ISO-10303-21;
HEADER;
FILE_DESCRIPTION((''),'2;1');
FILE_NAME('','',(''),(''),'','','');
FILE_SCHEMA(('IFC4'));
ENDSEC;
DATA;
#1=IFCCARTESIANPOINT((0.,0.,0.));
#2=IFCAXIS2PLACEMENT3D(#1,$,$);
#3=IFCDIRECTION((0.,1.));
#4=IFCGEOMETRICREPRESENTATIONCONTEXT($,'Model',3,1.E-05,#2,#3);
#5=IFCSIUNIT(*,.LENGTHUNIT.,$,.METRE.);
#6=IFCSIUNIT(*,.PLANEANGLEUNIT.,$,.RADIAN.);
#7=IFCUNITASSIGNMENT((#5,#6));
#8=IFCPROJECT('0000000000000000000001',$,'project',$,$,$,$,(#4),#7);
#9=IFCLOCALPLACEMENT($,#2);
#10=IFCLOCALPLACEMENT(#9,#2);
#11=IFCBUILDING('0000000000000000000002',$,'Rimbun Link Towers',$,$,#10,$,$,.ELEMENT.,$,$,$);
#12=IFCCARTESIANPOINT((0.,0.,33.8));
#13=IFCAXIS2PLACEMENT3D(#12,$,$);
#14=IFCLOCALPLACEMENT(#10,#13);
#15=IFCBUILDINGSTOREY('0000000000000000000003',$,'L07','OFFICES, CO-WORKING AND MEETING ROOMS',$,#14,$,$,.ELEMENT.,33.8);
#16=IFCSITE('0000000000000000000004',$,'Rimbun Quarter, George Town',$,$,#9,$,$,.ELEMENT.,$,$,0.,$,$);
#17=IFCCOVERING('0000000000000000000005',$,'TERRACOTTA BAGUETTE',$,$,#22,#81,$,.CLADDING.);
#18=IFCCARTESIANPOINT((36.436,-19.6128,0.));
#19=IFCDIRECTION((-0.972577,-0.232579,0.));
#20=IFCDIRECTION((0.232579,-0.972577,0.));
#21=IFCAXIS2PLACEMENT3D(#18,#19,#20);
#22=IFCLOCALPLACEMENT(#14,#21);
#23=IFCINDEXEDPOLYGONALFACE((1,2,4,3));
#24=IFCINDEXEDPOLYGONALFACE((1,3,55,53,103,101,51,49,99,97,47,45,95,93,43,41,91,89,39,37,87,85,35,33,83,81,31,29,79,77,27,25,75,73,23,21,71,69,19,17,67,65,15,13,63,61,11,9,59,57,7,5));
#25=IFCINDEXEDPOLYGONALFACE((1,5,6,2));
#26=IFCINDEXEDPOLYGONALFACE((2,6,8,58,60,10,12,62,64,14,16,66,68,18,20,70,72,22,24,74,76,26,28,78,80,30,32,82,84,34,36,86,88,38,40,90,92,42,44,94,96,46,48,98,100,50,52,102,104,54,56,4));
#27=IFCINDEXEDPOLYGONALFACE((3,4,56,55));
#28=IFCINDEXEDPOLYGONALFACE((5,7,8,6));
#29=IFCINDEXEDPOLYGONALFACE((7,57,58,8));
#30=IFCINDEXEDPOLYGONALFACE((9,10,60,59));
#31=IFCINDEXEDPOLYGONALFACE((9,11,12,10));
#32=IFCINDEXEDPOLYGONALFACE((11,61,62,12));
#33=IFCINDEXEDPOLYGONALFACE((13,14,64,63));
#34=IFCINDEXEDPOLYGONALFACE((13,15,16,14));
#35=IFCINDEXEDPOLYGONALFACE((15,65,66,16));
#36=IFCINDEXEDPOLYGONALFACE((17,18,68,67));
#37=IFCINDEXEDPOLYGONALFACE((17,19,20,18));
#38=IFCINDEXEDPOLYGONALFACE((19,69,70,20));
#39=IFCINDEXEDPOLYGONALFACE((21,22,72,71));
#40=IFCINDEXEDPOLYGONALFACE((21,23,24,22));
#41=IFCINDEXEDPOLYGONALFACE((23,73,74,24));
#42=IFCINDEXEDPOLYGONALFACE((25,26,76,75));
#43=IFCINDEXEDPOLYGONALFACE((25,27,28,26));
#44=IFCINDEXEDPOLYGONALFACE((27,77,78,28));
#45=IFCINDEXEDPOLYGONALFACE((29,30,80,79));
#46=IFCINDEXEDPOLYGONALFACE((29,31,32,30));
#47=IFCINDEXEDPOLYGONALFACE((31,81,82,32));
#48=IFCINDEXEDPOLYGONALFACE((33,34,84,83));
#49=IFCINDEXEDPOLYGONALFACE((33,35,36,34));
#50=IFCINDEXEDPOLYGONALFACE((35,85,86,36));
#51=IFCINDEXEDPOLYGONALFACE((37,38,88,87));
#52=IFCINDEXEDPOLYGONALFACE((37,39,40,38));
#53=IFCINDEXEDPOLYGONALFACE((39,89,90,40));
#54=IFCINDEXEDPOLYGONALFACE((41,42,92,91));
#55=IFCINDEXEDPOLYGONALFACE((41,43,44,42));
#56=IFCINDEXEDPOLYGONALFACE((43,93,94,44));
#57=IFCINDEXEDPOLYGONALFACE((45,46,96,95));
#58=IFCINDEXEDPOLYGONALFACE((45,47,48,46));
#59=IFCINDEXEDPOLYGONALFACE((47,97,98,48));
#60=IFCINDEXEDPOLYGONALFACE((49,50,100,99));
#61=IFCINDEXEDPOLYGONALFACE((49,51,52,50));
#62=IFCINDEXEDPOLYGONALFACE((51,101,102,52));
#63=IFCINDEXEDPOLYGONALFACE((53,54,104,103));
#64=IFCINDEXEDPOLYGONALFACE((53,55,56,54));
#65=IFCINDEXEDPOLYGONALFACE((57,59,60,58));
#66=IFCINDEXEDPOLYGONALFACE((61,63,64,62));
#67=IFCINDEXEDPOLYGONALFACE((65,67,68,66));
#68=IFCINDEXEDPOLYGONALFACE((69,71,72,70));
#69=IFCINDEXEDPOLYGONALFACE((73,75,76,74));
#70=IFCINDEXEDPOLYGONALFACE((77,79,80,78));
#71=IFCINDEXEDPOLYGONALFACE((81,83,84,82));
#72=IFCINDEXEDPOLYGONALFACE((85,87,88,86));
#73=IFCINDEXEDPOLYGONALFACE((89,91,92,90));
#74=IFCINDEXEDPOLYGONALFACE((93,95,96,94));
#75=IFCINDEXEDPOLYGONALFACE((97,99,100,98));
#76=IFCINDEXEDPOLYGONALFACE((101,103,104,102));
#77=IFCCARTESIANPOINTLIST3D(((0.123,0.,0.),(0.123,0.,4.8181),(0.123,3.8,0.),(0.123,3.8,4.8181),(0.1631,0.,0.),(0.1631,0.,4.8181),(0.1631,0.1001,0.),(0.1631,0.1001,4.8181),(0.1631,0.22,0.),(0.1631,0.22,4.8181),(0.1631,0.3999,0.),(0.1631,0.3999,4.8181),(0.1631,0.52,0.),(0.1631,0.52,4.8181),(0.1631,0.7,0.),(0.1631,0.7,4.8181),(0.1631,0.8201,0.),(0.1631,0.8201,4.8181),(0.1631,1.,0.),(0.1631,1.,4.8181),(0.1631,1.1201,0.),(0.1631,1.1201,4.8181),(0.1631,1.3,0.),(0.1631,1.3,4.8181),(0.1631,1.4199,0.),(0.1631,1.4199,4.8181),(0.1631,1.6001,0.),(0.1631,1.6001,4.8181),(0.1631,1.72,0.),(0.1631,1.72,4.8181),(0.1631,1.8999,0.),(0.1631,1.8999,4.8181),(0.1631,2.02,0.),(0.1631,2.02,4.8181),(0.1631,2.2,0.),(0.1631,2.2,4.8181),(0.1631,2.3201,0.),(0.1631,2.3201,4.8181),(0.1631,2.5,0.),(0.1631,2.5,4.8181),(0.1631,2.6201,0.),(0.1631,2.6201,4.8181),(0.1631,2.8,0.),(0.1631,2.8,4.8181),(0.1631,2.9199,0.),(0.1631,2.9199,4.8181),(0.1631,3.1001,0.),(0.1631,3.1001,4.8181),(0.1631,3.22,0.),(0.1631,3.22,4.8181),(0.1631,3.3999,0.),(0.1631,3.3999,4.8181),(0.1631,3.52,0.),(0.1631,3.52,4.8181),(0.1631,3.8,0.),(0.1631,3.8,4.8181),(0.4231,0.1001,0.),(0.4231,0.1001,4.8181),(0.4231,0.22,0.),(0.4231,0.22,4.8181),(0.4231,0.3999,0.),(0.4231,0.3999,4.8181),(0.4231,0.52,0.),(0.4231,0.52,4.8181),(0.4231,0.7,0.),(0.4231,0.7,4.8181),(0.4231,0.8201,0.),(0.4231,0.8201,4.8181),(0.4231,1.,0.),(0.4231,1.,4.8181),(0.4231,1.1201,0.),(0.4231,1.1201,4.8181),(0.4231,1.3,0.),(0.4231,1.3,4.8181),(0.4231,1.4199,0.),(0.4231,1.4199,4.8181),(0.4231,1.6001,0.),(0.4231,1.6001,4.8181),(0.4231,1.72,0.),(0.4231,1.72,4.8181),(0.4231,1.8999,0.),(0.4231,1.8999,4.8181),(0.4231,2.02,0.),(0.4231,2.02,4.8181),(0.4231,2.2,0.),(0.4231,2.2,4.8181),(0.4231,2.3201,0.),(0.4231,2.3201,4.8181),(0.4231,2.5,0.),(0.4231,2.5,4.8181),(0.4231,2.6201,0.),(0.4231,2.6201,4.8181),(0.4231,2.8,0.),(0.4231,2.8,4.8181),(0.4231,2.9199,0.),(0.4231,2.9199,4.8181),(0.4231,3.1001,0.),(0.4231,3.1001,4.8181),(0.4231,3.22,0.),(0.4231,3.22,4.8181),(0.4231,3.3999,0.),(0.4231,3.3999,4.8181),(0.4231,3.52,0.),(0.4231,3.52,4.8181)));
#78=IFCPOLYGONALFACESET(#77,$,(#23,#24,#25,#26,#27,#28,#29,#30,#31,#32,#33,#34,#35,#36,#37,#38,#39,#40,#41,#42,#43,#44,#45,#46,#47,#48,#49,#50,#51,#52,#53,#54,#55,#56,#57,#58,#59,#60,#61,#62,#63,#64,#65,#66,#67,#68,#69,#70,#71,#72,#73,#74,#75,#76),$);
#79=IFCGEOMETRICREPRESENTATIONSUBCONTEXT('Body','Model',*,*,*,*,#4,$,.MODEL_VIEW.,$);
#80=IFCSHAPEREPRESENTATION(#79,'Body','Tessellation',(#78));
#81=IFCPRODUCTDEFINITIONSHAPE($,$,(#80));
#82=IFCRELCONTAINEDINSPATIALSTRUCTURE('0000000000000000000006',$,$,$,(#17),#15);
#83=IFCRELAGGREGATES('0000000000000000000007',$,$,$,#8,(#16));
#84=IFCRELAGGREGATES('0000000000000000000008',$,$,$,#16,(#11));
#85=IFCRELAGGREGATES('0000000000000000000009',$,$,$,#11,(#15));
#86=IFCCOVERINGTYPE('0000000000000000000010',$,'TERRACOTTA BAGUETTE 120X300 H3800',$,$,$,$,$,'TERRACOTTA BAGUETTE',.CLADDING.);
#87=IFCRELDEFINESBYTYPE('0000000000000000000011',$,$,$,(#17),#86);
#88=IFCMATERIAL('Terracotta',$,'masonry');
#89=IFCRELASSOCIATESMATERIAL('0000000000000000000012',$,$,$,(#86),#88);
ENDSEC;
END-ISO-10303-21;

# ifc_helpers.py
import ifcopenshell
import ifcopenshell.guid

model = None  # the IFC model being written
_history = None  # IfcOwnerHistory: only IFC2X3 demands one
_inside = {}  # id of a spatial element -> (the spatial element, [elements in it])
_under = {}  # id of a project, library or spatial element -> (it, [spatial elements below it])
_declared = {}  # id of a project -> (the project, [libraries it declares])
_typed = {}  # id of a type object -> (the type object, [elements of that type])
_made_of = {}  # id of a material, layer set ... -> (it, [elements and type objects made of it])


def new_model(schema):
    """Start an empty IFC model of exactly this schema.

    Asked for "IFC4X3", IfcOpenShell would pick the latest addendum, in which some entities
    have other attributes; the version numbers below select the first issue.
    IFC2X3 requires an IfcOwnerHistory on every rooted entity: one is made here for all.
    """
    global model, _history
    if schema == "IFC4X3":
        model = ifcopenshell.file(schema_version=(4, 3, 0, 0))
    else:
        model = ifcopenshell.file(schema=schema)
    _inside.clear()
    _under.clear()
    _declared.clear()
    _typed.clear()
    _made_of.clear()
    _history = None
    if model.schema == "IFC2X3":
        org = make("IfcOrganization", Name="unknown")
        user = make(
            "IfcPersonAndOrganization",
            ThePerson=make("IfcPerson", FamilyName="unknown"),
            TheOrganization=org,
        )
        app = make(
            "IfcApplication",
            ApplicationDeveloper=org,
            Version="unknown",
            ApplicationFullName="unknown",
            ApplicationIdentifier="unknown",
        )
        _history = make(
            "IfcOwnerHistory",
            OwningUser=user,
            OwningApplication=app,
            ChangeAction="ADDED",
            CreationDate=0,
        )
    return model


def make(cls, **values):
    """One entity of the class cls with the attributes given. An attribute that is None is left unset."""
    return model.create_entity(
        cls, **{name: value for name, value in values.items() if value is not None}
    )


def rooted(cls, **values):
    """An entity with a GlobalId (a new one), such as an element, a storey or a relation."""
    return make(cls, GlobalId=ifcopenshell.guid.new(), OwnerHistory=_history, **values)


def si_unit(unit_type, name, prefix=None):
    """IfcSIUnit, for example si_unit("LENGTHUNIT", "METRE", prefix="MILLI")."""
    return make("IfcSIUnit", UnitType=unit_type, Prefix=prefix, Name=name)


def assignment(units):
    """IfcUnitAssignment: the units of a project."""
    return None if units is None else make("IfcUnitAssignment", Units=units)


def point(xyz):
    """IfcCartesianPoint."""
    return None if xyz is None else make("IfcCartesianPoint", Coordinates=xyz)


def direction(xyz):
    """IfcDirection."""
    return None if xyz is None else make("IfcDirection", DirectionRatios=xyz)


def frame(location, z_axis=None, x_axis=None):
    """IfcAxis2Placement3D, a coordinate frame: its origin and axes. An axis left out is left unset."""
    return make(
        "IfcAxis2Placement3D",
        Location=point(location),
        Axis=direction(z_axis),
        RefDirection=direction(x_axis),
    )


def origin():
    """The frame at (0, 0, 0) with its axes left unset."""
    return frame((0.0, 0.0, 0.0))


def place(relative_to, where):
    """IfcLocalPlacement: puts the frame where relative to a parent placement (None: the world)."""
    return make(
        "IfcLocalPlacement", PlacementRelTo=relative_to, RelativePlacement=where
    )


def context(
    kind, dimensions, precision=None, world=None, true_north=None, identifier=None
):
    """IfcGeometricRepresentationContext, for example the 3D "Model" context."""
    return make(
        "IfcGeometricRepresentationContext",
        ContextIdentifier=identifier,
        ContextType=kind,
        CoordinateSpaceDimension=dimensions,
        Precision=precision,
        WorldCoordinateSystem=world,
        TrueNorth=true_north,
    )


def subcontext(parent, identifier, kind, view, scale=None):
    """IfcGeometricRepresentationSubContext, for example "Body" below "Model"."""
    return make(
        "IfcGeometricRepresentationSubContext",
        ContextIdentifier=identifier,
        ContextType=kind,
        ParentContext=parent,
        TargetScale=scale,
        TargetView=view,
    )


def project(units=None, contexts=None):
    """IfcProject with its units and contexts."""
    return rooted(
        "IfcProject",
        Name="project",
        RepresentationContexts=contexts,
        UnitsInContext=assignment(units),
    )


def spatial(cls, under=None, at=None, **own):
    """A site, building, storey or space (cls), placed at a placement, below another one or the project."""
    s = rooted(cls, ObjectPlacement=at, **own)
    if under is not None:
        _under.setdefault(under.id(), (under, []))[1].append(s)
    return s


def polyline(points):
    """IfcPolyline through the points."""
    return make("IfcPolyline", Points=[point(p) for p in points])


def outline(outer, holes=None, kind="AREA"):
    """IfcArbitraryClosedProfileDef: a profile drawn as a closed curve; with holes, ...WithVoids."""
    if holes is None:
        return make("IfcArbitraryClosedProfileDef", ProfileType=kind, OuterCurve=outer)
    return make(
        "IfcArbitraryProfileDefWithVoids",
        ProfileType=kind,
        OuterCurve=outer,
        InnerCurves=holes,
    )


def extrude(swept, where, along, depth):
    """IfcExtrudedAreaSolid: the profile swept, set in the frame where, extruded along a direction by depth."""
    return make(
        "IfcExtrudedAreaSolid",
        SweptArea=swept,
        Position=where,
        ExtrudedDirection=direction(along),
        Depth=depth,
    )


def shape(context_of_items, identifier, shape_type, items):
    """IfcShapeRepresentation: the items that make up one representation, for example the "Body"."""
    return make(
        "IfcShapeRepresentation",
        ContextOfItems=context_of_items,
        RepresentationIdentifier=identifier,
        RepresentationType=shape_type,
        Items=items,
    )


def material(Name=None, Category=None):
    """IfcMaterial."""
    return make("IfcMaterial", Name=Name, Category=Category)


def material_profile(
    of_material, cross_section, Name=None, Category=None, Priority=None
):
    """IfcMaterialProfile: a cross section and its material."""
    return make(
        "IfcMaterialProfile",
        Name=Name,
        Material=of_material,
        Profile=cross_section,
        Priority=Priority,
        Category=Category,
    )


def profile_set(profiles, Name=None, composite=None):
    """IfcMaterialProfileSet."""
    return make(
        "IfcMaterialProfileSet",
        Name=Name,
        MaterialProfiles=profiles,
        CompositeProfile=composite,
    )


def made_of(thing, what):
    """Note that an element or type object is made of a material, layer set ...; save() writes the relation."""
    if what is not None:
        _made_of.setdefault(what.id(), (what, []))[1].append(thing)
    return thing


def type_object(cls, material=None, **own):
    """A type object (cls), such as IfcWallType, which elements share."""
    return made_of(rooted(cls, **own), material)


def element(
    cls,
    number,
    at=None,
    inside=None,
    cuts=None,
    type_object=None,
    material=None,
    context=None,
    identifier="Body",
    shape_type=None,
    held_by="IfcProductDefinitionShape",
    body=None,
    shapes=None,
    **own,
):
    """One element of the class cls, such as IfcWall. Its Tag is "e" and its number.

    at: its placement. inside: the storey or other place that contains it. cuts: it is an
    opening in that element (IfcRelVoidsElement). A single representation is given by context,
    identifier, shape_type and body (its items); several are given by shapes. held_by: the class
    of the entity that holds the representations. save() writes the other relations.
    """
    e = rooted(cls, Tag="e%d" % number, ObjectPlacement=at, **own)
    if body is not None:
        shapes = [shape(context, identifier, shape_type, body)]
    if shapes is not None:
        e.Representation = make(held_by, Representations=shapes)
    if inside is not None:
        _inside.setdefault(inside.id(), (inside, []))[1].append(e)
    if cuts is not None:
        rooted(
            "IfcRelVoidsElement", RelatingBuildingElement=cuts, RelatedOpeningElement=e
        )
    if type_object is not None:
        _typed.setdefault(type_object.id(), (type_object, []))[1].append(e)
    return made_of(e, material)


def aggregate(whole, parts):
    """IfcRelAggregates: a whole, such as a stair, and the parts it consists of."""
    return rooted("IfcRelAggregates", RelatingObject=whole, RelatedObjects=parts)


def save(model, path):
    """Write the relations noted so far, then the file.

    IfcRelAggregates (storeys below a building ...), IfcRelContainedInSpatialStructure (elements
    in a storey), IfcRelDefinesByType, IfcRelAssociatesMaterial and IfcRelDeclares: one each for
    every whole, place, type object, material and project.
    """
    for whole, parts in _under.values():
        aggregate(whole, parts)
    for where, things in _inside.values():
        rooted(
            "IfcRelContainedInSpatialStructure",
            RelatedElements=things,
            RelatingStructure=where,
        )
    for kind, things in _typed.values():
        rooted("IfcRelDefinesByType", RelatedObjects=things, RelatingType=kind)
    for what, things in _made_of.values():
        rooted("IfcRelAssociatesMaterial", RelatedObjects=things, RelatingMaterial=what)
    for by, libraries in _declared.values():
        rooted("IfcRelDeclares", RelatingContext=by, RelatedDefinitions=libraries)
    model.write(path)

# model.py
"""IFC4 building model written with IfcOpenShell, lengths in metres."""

from ifc_helpers import new_model, si_unit, direction, frame, origin, place, context, subcontext, project, spatial, polyline, outline, extrude, material, material_profile, profile_set, type_object, element, save


model = new_model("IFC4")

# Units and contexts
model_context = context("Model", 3, precision=1e-05, world=origin(), true_north=direction((0.0, 1.0)))
body_context = subcontext(model_context, "Body", "Model", "MODEL_VIEW")
ifc_project = project(units=[si_unit("LENGTHUNIT", "METRE"), si_unit("PLANEANGLEUNIT", "RADIAN")], contexts=[model_context])

# Site, building, storey
site_placement = place(None, origin())
site = spatial("IfcSite", under=ifc_project, at=site_placement, Name="Rimbun Quarter, George Town", CompositionType="ELEMENT", RefElevation=0.0)
building_placement = place(site_placement, origin())
building = spatial("IfcBuilding", under=site, at=building_placement, Name="Rimbun Link Towers", CompositionType="ELEMENT")
storey_placement = place(building_placement, frame((0.0, 0.0, 33.8)))
storey = spatial("IfcBuildingStorey", under=building, at=storey_placement, Name="L07", Description="OFFICES, CO-WORKING AND MEETING ROOMS", CompositionType="ELEMENT", Elevation=33.8)

# Covering
ifc_material_1 = material(Name="Terracotta", Category="masonry")
ifc_material_profile_1 = material_profile(ifc_material_1, outline(polyline([(0.123, 0.0), (0.1631, 0.0), (0.1631, 0.1001), (0.4231, 0.1001), (0.4231, 0.22), (0.1631, 0.22), (0.1631, 0.3999), (0.4231, 0.3999), (0.4231, 0.52), (0.1631, 0.52), (0.1631, 0.7), (0.4231, 0.7), (0.4231, 0.8201), (0.1631, 0.8201), (0.1631, 1.0), (0.4231, 1.0), (0.4231, 1.1201), (0.1631, 1.1201), (0.1631, 1.3), (0.4231, 1.3), (0.4231, 1.4199), (0.1631, 1.4199), (0.1631, 1.6001), (0.4231, 1.6001), (0.4231, 1.72), (0.1631, 1.72), (0.1631, 1.8999), (0.4231, 1.8999), (0.4231, 2.02), (0.1631, 2.02), (0.1631, 2.2), (0.4231, 2.2), (0.4231, 2.3201), (0.1631, 2.3201), (0.1631, 2.5), (0.4231, 2.5), (0.4231, 2.6201), (0.1631, 2.6201), (0.1631, 2.8), (0.4231, 2.8), (0.4231, 2.9199), (0.1631, 2.9199), (0.1631, 3.1001), (0.4231, 3.1001), (0.4231, 3.22), (0.1631, 3.22), (0.1631, 3.3999), (0.4231, 3.3999), (0.4231, 3.52), (0.1631, 3.52), (0.1631, 3.8), (0.123, 3.8), (0.123, 0.0)])), Name="BAGUETTE 120X300")
ifc_profile_set_1 = profile_set([ifc_material_profile_1], Name="Terracotta")
covering_type = type_object("IfcCoveringType", Name="TERRACOTTA BAGUETTE 120X300 H3800", ElementType="TERRACOTTA BAGUETTE", PredefinedType="CLADDING", material=ifc_profile_set_1)
covering_1_placement = place(storey_placement, frame((36.436, -19.6128, 0.0), z_axis=(-0.972577, -0.232579, 0.0), x_axis=(0.232579, -0.972577, 0.0)))
element("IfcCovering", 1, at=covering_1_placement, inside=storey, type_object=covering_type, Name="TERRACOTTA BAGUETTE", PredefinedType="CLADDING", context=body_context, shape_type="SweptSolid", body=[
    extrude(outline(polyline([(0.123, 0.0), (0.1631, 0.0), (0.1631, 0.1001), (0.4231, 0.1001), (0.4231, 0.22), (0.1631, 0.22), (0.1631, 0.3999), (0.4231, 0.3999), (0.4231, 0.52), (0.1631, 0.52), (0.1631, 0.7), (0.4231, 0.7), (0.4231, 0.8201), (0.1631, 0.8201), (0.1631, 1.0), (0.4231, 1.0), (0.4231, 1.1201), (0.1631, 1.1201), (0.1631, 1.3), (0.4231, 1.3), (0.4231, 1.4199), (0.1631, 1.4199), (0.1631, 1.6001), (0.4231, 1.6001), (0.4231, 1.72), (0.1631, 1.72), (0.1631, 1.8999), (0.4231, 1.8999), (0.4231, 2.02), (0.1631, 2.02), (0.1631, 2.2), (0.4231, 2.2), (0.4231, 2.3201), (0.1631, 2.3201), (0.1631, 2.5), (0.4231, 2.5), (0.4231, 2.6201), (0.1631, 2.6201), (0.1631, 2.8), (0.4231, 2.8), (0.4231, 2.9199), (0.1631, 2.9199), (0.1631, 3.1001), (0.4231, 3.1001), (0.4231, 3.22), (0.1631, 3.22), (0.1631, 3.3999), (0.4231, 3.3999), (0.4231, 3.52), (0.1631, 3.52), (0.1631, 3.8), (0.123, 3.8), (0.123, 0.0)])), origin(), (0.0, 0.0, 1.0), 4.8181),
])

save(model, "model.ifc")
